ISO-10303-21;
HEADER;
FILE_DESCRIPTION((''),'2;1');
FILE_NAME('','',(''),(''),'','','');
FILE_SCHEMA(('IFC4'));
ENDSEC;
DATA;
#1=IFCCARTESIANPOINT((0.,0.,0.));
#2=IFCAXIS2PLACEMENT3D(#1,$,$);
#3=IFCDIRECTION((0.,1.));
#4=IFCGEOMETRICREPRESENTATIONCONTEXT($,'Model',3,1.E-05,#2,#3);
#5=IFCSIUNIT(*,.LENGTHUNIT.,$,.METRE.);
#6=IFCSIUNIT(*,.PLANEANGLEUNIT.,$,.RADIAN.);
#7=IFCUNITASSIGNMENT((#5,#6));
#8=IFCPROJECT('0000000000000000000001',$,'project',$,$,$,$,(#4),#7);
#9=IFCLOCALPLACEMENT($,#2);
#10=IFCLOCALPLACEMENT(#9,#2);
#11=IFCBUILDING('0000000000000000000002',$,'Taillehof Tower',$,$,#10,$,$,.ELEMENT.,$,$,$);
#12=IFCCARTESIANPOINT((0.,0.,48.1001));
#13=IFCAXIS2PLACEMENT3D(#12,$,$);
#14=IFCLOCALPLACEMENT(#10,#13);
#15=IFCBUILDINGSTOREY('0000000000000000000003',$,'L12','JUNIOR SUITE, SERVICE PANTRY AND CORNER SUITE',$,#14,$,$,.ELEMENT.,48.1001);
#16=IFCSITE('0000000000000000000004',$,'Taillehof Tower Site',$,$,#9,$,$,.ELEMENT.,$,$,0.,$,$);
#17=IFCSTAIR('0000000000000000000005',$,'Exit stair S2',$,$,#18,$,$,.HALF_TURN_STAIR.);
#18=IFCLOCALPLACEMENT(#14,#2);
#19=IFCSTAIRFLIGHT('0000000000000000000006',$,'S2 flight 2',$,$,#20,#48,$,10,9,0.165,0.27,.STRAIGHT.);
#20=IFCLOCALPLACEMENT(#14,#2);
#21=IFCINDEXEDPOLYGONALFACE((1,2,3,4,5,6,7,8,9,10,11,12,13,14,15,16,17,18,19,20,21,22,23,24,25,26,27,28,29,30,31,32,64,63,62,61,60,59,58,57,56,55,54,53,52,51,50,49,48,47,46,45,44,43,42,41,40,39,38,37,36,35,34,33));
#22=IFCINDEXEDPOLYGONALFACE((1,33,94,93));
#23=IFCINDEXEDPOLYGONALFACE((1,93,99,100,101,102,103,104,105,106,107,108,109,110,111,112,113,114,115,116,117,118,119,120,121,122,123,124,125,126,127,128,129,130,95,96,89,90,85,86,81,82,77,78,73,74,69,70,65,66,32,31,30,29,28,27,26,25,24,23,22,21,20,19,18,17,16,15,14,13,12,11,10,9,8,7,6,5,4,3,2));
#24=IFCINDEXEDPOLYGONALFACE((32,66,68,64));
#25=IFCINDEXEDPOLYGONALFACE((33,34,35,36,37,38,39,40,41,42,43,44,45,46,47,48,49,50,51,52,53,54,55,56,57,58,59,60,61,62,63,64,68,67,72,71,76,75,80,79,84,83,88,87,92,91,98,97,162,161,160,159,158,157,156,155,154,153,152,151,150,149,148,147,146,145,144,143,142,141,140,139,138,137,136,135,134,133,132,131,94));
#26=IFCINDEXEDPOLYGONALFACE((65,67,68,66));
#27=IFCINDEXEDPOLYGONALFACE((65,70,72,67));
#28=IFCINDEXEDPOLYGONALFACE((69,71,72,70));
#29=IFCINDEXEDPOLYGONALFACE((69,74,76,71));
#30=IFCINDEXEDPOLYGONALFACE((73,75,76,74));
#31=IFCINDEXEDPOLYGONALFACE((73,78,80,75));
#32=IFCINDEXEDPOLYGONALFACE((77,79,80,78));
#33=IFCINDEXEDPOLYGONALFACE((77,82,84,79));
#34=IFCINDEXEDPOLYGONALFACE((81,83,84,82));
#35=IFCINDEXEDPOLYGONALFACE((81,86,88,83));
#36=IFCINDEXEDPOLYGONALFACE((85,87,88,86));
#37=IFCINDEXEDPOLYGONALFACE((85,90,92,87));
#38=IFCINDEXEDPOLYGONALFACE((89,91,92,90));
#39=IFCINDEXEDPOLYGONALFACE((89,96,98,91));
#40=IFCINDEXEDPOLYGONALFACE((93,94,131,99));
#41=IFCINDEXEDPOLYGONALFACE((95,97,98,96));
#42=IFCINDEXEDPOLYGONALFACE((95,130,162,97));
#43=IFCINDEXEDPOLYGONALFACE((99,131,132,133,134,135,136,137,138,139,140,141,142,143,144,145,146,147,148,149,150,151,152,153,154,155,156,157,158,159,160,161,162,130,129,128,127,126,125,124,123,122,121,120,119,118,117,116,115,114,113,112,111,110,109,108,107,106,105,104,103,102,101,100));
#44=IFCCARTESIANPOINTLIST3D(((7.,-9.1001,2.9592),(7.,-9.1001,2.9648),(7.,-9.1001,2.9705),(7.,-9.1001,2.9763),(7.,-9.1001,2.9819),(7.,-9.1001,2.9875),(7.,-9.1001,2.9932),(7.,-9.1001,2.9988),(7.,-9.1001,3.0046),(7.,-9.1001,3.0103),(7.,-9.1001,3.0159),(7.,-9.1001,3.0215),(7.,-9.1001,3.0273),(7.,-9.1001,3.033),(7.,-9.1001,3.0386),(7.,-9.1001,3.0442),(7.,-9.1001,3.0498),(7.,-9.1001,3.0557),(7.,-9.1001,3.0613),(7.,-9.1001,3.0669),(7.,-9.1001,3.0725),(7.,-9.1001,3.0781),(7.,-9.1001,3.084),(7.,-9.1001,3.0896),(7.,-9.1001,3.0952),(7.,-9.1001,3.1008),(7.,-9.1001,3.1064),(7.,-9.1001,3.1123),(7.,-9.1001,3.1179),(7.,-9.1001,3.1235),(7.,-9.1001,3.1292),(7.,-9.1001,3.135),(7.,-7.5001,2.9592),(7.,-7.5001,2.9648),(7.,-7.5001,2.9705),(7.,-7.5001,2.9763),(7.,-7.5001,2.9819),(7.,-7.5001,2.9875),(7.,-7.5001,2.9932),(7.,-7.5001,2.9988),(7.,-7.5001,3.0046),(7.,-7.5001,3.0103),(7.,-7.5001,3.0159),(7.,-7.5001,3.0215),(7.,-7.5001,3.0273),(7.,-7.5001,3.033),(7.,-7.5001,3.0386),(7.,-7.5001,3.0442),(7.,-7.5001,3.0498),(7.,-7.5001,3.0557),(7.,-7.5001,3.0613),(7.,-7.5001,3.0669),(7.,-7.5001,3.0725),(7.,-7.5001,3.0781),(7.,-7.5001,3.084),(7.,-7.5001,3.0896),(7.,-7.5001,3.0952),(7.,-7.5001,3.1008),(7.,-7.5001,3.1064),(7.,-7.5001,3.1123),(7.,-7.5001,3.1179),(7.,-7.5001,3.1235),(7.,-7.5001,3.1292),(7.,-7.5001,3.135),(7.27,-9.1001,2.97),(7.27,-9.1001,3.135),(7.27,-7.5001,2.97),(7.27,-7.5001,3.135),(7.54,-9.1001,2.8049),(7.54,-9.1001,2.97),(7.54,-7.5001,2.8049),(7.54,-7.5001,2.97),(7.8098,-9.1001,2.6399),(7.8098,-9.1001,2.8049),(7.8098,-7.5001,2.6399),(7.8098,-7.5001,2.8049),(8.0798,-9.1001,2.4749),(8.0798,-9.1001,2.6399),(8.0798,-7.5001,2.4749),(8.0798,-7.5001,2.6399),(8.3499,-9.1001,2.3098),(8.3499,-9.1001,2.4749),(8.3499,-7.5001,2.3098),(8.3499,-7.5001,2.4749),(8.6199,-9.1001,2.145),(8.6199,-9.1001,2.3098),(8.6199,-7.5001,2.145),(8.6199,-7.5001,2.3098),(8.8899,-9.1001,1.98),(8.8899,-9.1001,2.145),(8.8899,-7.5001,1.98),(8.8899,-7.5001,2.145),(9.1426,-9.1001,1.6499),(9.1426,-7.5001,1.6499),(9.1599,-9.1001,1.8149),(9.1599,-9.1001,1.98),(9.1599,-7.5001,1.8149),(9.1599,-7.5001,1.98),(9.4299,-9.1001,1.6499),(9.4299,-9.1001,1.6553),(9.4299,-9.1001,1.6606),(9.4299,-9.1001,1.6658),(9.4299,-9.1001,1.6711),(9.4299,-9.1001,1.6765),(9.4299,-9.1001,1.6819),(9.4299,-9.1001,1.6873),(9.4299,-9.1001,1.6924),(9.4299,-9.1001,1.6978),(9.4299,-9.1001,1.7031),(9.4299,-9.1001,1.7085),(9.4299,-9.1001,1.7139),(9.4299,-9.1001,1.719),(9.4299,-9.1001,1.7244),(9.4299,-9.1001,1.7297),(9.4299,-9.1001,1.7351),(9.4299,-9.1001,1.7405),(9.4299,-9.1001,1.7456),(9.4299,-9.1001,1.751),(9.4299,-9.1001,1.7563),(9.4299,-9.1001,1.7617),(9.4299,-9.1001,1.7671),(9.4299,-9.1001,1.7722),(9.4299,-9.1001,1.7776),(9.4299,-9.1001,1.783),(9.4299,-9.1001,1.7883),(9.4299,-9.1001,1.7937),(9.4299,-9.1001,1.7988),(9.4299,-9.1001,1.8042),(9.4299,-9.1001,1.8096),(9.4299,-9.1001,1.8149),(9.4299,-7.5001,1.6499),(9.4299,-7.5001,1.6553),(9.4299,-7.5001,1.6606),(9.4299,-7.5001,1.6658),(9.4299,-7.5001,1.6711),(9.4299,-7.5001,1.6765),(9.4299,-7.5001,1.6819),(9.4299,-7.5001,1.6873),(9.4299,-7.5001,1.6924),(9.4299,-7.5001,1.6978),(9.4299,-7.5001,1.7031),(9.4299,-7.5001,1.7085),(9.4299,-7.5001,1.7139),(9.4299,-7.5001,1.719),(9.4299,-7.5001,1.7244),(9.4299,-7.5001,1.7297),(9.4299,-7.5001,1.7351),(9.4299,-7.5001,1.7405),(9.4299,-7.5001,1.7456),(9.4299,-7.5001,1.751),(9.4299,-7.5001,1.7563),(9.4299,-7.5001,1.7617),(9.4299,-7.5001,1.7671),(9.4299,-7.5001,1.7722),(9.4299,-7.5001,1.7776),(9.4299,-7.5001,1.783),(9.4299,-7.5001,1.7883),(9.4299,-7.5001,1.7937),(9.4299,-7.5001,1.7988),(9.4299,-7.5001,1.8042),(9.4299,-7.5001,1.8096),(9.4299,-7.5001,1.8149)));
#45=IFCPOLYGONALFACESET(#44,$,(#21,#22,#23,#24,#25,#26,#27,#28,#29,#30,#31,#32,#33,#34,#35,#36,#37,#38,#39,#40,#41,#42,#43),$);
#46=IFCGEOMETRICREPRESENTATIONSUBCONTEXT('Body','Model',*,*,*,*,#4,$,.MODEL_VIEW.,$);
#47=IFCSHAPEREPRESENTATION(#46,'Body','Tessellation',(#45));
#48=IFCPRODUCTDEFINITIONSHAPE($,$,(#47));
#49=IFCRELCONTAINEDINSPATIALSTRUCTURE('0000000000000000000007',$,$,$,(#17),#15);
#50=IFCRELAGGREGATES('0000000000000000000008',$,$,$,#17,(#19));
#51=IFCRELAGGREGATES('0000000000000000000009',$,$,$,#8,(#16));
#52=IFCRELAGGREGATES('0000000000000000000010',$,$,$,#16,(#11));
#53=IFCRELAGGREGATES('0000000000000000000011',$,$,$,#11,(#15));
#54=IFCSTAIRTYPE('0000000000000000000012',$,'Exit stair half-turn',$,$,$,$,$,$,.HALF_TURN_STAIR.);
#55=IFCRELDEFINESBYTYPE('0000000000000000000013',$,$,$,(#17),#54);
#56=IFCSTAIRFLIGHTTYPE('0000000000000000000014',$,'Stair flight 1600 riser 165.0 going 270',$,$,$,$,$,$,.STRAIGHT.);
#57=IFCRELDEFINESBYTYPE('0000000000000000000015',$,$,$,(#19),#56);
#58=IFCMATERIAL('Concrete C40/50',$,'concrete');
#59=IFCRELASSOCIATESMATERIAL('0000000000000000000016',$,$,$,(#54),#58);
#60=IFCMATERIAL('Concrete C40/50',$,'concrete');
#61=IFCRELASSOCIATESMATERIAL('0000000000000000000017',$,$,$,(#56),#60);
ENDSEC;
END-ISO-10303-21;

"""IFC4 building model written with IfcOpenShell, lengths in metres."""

from ifc_helpers import new_model, si_unit, direction, frame, origin, place, context, subcontext, project, spatial, polyline, outline, extrude, material, type_object, element, aggregate, save


model = new_model("IFC4")

# Units and contexts
model_context = context("Model", 3, precision=1e-05, world=origin(), true_north=direction((0.0, 1.0)))
body_context = subcontext(model_context, "Body", "Model", "MODEL_VIEW")
ifc_project = project(units=[si_unit("LENGTHUNIT", "METRE"), si_unit("PLANEANGLEUNIT", "RADIAN")], contexts=[model_context])

# Site, building, storey
site_placement = place(None, origin())
site = spatial("IfcSite", under=ifc_project, at=site_placement, Name="Taillehof Tower Site", CompositionType="ELEMENT", RefElevation=0.0)
building_placement = place(site_placement, origin())
building = spatial("IfcBuilding", under=site, at=building_placement, Name="Taillehof Tower", CompositionType="ELEMENT")
storey_placement = place(building_placement, frame((0.0, 0.0, 48.1001)))
storey = spatial("IfcBuildingStorey", under=building, at=storey_placement, Name="L12", Description="JUNIOR SUITE, SERVICE PANTRY AND CORNER SUITE", CompositionType="ELEMENT", Elevation=48.1001)

# Stair, stair flight
ifc_material_1 = material(Name="Concrete C40/50", Category="concrete")
stair_type = type_object("IfcStairType", Name="Exit stair half-turn", PredefinedType="HALF_TURN_STAIR", material=ifc_material_1)
stair_placement = place(storey_placement, origin())
stair = element("IfcStair", 1, at=stair_placement, inside=storey, type_object=stair_type, Name="Exit stair S2", PredefinedType="HALF_TURN_STAIR")
ifc_material_2 = material(Name="Concrete C40/50", Category="concrete")
stair_flight_type = type_object("IfcStairFlightType", Name="Stair flight 1600 riser 165.0 going 270", PredefinedType="STRAIGHT", material=ifc_material_2)
stair_flight_1_placement = place(storey_placement, frame((9.4299, -8.3, 1.6499), z_axis=(0.0, 0.0, 1.0), x_axis=(-1.0, 0.0, 0.0)))
stair_flight_1 = element("IfcStairFlight", 2, at=stair_flight_1_placement, type_object=stair_flight_type, Name="S2 flight 2", NumberOfRisers=10, NumberOfTreads=9, PredefinedType="STRAIGHT", RiserHeight=0.165, TreadLength=0.27, context=body_context, shape_type="SweptSolid", body=[
    extrude(outline(polyline([(0.0, 0.0), (0.0, 0.0054), (0.0, 0.0107), (0.0, 0.0159), (0.0, 0.0212), (0.0, 0.0266), (0.0, 0.032), (0.0, 0.0374), (0.0, 0.0425), (0.0, 0.0479), (0.0, 0.0532), (0.0, 0.0586), (0.0, 0.064), (0.0, 0.0691), (0.0, 0.0745), (0.0, 0.0798), (0.0, 0.0852), (0.0, 0.0906), (0.0, 0.0957), (0.0, 0.1011), (0.0, 0.1064), (0.0, 0.1118), (0.0, 0.1172), (0.0, 0.1223), (0.0, 0.1277), (0.0, 0.1331), (0.0, 0.1384), (0.0, 0.1438), (0.0, 0.1489), (0.0, 0.1543), (0.0, 0.1597), (0.0, 0.165), (0.27, 0.165), (0.27, 0.3301), (0.54, 0.3301), (0.54, 0.4951), (0.8101, 0.4951), (0.8101, 0.6599), (1.0801, 0.6599), (1.0801, 0.825), (1.3501, 0.825), (1.3501, 0.99), (1.6201, 0.99), (1.6201, 1.155), (1.8899, 1.155), (1.8899, 1.3201), (2.1599, 1.3201), (2.1599, 1.4851), (2.4299, 1.4851), (2.4299, 1.4792), (2.4299, 1.4736), (2.4299, 1.468), (2.4299, 1.4624), (2.4299, 1.4565), (2.4299, 1.4509), (2.4299, 1.4453), (2.4299, 1.4397), (2.4299, 1.4341), (2.4299, 1.4282), (2.4299, 1.4226), (2.4299, 1.417), (2.4299, 1.4114), (2.4299, 1.4058), (2.4299, 1.3999), (2.4299, 1.3943), (2.4299, 1.3887), (2.4299, 1.3831), (2.4299, 1.3774), (2.4299, 1.3716), (2.4299, 1.366), (2.4299, 1.3604), (2.4299, 1.3547), (2.4299, 1.3489), (2.4299, 1.3433), (2.4299, 1.3376), (2.4299, 1.332), (2.4299, 1.3264), (2.4299, 1.3206), (2.4299, 1.3149), (2.4299, 1.3093), (0.2874, 0.0), (0.0, 0.0)])), frame((0.0, 0.8, 0.0), z_axis=(0.0, -1.0, 0.0), x_axis=(1.0, 0.0, 0.0)), (0.0, 0.0, 1.0), 1.6),
])
aggregate(stair, [stair_flight_1])

save(model, "model.ifc")
